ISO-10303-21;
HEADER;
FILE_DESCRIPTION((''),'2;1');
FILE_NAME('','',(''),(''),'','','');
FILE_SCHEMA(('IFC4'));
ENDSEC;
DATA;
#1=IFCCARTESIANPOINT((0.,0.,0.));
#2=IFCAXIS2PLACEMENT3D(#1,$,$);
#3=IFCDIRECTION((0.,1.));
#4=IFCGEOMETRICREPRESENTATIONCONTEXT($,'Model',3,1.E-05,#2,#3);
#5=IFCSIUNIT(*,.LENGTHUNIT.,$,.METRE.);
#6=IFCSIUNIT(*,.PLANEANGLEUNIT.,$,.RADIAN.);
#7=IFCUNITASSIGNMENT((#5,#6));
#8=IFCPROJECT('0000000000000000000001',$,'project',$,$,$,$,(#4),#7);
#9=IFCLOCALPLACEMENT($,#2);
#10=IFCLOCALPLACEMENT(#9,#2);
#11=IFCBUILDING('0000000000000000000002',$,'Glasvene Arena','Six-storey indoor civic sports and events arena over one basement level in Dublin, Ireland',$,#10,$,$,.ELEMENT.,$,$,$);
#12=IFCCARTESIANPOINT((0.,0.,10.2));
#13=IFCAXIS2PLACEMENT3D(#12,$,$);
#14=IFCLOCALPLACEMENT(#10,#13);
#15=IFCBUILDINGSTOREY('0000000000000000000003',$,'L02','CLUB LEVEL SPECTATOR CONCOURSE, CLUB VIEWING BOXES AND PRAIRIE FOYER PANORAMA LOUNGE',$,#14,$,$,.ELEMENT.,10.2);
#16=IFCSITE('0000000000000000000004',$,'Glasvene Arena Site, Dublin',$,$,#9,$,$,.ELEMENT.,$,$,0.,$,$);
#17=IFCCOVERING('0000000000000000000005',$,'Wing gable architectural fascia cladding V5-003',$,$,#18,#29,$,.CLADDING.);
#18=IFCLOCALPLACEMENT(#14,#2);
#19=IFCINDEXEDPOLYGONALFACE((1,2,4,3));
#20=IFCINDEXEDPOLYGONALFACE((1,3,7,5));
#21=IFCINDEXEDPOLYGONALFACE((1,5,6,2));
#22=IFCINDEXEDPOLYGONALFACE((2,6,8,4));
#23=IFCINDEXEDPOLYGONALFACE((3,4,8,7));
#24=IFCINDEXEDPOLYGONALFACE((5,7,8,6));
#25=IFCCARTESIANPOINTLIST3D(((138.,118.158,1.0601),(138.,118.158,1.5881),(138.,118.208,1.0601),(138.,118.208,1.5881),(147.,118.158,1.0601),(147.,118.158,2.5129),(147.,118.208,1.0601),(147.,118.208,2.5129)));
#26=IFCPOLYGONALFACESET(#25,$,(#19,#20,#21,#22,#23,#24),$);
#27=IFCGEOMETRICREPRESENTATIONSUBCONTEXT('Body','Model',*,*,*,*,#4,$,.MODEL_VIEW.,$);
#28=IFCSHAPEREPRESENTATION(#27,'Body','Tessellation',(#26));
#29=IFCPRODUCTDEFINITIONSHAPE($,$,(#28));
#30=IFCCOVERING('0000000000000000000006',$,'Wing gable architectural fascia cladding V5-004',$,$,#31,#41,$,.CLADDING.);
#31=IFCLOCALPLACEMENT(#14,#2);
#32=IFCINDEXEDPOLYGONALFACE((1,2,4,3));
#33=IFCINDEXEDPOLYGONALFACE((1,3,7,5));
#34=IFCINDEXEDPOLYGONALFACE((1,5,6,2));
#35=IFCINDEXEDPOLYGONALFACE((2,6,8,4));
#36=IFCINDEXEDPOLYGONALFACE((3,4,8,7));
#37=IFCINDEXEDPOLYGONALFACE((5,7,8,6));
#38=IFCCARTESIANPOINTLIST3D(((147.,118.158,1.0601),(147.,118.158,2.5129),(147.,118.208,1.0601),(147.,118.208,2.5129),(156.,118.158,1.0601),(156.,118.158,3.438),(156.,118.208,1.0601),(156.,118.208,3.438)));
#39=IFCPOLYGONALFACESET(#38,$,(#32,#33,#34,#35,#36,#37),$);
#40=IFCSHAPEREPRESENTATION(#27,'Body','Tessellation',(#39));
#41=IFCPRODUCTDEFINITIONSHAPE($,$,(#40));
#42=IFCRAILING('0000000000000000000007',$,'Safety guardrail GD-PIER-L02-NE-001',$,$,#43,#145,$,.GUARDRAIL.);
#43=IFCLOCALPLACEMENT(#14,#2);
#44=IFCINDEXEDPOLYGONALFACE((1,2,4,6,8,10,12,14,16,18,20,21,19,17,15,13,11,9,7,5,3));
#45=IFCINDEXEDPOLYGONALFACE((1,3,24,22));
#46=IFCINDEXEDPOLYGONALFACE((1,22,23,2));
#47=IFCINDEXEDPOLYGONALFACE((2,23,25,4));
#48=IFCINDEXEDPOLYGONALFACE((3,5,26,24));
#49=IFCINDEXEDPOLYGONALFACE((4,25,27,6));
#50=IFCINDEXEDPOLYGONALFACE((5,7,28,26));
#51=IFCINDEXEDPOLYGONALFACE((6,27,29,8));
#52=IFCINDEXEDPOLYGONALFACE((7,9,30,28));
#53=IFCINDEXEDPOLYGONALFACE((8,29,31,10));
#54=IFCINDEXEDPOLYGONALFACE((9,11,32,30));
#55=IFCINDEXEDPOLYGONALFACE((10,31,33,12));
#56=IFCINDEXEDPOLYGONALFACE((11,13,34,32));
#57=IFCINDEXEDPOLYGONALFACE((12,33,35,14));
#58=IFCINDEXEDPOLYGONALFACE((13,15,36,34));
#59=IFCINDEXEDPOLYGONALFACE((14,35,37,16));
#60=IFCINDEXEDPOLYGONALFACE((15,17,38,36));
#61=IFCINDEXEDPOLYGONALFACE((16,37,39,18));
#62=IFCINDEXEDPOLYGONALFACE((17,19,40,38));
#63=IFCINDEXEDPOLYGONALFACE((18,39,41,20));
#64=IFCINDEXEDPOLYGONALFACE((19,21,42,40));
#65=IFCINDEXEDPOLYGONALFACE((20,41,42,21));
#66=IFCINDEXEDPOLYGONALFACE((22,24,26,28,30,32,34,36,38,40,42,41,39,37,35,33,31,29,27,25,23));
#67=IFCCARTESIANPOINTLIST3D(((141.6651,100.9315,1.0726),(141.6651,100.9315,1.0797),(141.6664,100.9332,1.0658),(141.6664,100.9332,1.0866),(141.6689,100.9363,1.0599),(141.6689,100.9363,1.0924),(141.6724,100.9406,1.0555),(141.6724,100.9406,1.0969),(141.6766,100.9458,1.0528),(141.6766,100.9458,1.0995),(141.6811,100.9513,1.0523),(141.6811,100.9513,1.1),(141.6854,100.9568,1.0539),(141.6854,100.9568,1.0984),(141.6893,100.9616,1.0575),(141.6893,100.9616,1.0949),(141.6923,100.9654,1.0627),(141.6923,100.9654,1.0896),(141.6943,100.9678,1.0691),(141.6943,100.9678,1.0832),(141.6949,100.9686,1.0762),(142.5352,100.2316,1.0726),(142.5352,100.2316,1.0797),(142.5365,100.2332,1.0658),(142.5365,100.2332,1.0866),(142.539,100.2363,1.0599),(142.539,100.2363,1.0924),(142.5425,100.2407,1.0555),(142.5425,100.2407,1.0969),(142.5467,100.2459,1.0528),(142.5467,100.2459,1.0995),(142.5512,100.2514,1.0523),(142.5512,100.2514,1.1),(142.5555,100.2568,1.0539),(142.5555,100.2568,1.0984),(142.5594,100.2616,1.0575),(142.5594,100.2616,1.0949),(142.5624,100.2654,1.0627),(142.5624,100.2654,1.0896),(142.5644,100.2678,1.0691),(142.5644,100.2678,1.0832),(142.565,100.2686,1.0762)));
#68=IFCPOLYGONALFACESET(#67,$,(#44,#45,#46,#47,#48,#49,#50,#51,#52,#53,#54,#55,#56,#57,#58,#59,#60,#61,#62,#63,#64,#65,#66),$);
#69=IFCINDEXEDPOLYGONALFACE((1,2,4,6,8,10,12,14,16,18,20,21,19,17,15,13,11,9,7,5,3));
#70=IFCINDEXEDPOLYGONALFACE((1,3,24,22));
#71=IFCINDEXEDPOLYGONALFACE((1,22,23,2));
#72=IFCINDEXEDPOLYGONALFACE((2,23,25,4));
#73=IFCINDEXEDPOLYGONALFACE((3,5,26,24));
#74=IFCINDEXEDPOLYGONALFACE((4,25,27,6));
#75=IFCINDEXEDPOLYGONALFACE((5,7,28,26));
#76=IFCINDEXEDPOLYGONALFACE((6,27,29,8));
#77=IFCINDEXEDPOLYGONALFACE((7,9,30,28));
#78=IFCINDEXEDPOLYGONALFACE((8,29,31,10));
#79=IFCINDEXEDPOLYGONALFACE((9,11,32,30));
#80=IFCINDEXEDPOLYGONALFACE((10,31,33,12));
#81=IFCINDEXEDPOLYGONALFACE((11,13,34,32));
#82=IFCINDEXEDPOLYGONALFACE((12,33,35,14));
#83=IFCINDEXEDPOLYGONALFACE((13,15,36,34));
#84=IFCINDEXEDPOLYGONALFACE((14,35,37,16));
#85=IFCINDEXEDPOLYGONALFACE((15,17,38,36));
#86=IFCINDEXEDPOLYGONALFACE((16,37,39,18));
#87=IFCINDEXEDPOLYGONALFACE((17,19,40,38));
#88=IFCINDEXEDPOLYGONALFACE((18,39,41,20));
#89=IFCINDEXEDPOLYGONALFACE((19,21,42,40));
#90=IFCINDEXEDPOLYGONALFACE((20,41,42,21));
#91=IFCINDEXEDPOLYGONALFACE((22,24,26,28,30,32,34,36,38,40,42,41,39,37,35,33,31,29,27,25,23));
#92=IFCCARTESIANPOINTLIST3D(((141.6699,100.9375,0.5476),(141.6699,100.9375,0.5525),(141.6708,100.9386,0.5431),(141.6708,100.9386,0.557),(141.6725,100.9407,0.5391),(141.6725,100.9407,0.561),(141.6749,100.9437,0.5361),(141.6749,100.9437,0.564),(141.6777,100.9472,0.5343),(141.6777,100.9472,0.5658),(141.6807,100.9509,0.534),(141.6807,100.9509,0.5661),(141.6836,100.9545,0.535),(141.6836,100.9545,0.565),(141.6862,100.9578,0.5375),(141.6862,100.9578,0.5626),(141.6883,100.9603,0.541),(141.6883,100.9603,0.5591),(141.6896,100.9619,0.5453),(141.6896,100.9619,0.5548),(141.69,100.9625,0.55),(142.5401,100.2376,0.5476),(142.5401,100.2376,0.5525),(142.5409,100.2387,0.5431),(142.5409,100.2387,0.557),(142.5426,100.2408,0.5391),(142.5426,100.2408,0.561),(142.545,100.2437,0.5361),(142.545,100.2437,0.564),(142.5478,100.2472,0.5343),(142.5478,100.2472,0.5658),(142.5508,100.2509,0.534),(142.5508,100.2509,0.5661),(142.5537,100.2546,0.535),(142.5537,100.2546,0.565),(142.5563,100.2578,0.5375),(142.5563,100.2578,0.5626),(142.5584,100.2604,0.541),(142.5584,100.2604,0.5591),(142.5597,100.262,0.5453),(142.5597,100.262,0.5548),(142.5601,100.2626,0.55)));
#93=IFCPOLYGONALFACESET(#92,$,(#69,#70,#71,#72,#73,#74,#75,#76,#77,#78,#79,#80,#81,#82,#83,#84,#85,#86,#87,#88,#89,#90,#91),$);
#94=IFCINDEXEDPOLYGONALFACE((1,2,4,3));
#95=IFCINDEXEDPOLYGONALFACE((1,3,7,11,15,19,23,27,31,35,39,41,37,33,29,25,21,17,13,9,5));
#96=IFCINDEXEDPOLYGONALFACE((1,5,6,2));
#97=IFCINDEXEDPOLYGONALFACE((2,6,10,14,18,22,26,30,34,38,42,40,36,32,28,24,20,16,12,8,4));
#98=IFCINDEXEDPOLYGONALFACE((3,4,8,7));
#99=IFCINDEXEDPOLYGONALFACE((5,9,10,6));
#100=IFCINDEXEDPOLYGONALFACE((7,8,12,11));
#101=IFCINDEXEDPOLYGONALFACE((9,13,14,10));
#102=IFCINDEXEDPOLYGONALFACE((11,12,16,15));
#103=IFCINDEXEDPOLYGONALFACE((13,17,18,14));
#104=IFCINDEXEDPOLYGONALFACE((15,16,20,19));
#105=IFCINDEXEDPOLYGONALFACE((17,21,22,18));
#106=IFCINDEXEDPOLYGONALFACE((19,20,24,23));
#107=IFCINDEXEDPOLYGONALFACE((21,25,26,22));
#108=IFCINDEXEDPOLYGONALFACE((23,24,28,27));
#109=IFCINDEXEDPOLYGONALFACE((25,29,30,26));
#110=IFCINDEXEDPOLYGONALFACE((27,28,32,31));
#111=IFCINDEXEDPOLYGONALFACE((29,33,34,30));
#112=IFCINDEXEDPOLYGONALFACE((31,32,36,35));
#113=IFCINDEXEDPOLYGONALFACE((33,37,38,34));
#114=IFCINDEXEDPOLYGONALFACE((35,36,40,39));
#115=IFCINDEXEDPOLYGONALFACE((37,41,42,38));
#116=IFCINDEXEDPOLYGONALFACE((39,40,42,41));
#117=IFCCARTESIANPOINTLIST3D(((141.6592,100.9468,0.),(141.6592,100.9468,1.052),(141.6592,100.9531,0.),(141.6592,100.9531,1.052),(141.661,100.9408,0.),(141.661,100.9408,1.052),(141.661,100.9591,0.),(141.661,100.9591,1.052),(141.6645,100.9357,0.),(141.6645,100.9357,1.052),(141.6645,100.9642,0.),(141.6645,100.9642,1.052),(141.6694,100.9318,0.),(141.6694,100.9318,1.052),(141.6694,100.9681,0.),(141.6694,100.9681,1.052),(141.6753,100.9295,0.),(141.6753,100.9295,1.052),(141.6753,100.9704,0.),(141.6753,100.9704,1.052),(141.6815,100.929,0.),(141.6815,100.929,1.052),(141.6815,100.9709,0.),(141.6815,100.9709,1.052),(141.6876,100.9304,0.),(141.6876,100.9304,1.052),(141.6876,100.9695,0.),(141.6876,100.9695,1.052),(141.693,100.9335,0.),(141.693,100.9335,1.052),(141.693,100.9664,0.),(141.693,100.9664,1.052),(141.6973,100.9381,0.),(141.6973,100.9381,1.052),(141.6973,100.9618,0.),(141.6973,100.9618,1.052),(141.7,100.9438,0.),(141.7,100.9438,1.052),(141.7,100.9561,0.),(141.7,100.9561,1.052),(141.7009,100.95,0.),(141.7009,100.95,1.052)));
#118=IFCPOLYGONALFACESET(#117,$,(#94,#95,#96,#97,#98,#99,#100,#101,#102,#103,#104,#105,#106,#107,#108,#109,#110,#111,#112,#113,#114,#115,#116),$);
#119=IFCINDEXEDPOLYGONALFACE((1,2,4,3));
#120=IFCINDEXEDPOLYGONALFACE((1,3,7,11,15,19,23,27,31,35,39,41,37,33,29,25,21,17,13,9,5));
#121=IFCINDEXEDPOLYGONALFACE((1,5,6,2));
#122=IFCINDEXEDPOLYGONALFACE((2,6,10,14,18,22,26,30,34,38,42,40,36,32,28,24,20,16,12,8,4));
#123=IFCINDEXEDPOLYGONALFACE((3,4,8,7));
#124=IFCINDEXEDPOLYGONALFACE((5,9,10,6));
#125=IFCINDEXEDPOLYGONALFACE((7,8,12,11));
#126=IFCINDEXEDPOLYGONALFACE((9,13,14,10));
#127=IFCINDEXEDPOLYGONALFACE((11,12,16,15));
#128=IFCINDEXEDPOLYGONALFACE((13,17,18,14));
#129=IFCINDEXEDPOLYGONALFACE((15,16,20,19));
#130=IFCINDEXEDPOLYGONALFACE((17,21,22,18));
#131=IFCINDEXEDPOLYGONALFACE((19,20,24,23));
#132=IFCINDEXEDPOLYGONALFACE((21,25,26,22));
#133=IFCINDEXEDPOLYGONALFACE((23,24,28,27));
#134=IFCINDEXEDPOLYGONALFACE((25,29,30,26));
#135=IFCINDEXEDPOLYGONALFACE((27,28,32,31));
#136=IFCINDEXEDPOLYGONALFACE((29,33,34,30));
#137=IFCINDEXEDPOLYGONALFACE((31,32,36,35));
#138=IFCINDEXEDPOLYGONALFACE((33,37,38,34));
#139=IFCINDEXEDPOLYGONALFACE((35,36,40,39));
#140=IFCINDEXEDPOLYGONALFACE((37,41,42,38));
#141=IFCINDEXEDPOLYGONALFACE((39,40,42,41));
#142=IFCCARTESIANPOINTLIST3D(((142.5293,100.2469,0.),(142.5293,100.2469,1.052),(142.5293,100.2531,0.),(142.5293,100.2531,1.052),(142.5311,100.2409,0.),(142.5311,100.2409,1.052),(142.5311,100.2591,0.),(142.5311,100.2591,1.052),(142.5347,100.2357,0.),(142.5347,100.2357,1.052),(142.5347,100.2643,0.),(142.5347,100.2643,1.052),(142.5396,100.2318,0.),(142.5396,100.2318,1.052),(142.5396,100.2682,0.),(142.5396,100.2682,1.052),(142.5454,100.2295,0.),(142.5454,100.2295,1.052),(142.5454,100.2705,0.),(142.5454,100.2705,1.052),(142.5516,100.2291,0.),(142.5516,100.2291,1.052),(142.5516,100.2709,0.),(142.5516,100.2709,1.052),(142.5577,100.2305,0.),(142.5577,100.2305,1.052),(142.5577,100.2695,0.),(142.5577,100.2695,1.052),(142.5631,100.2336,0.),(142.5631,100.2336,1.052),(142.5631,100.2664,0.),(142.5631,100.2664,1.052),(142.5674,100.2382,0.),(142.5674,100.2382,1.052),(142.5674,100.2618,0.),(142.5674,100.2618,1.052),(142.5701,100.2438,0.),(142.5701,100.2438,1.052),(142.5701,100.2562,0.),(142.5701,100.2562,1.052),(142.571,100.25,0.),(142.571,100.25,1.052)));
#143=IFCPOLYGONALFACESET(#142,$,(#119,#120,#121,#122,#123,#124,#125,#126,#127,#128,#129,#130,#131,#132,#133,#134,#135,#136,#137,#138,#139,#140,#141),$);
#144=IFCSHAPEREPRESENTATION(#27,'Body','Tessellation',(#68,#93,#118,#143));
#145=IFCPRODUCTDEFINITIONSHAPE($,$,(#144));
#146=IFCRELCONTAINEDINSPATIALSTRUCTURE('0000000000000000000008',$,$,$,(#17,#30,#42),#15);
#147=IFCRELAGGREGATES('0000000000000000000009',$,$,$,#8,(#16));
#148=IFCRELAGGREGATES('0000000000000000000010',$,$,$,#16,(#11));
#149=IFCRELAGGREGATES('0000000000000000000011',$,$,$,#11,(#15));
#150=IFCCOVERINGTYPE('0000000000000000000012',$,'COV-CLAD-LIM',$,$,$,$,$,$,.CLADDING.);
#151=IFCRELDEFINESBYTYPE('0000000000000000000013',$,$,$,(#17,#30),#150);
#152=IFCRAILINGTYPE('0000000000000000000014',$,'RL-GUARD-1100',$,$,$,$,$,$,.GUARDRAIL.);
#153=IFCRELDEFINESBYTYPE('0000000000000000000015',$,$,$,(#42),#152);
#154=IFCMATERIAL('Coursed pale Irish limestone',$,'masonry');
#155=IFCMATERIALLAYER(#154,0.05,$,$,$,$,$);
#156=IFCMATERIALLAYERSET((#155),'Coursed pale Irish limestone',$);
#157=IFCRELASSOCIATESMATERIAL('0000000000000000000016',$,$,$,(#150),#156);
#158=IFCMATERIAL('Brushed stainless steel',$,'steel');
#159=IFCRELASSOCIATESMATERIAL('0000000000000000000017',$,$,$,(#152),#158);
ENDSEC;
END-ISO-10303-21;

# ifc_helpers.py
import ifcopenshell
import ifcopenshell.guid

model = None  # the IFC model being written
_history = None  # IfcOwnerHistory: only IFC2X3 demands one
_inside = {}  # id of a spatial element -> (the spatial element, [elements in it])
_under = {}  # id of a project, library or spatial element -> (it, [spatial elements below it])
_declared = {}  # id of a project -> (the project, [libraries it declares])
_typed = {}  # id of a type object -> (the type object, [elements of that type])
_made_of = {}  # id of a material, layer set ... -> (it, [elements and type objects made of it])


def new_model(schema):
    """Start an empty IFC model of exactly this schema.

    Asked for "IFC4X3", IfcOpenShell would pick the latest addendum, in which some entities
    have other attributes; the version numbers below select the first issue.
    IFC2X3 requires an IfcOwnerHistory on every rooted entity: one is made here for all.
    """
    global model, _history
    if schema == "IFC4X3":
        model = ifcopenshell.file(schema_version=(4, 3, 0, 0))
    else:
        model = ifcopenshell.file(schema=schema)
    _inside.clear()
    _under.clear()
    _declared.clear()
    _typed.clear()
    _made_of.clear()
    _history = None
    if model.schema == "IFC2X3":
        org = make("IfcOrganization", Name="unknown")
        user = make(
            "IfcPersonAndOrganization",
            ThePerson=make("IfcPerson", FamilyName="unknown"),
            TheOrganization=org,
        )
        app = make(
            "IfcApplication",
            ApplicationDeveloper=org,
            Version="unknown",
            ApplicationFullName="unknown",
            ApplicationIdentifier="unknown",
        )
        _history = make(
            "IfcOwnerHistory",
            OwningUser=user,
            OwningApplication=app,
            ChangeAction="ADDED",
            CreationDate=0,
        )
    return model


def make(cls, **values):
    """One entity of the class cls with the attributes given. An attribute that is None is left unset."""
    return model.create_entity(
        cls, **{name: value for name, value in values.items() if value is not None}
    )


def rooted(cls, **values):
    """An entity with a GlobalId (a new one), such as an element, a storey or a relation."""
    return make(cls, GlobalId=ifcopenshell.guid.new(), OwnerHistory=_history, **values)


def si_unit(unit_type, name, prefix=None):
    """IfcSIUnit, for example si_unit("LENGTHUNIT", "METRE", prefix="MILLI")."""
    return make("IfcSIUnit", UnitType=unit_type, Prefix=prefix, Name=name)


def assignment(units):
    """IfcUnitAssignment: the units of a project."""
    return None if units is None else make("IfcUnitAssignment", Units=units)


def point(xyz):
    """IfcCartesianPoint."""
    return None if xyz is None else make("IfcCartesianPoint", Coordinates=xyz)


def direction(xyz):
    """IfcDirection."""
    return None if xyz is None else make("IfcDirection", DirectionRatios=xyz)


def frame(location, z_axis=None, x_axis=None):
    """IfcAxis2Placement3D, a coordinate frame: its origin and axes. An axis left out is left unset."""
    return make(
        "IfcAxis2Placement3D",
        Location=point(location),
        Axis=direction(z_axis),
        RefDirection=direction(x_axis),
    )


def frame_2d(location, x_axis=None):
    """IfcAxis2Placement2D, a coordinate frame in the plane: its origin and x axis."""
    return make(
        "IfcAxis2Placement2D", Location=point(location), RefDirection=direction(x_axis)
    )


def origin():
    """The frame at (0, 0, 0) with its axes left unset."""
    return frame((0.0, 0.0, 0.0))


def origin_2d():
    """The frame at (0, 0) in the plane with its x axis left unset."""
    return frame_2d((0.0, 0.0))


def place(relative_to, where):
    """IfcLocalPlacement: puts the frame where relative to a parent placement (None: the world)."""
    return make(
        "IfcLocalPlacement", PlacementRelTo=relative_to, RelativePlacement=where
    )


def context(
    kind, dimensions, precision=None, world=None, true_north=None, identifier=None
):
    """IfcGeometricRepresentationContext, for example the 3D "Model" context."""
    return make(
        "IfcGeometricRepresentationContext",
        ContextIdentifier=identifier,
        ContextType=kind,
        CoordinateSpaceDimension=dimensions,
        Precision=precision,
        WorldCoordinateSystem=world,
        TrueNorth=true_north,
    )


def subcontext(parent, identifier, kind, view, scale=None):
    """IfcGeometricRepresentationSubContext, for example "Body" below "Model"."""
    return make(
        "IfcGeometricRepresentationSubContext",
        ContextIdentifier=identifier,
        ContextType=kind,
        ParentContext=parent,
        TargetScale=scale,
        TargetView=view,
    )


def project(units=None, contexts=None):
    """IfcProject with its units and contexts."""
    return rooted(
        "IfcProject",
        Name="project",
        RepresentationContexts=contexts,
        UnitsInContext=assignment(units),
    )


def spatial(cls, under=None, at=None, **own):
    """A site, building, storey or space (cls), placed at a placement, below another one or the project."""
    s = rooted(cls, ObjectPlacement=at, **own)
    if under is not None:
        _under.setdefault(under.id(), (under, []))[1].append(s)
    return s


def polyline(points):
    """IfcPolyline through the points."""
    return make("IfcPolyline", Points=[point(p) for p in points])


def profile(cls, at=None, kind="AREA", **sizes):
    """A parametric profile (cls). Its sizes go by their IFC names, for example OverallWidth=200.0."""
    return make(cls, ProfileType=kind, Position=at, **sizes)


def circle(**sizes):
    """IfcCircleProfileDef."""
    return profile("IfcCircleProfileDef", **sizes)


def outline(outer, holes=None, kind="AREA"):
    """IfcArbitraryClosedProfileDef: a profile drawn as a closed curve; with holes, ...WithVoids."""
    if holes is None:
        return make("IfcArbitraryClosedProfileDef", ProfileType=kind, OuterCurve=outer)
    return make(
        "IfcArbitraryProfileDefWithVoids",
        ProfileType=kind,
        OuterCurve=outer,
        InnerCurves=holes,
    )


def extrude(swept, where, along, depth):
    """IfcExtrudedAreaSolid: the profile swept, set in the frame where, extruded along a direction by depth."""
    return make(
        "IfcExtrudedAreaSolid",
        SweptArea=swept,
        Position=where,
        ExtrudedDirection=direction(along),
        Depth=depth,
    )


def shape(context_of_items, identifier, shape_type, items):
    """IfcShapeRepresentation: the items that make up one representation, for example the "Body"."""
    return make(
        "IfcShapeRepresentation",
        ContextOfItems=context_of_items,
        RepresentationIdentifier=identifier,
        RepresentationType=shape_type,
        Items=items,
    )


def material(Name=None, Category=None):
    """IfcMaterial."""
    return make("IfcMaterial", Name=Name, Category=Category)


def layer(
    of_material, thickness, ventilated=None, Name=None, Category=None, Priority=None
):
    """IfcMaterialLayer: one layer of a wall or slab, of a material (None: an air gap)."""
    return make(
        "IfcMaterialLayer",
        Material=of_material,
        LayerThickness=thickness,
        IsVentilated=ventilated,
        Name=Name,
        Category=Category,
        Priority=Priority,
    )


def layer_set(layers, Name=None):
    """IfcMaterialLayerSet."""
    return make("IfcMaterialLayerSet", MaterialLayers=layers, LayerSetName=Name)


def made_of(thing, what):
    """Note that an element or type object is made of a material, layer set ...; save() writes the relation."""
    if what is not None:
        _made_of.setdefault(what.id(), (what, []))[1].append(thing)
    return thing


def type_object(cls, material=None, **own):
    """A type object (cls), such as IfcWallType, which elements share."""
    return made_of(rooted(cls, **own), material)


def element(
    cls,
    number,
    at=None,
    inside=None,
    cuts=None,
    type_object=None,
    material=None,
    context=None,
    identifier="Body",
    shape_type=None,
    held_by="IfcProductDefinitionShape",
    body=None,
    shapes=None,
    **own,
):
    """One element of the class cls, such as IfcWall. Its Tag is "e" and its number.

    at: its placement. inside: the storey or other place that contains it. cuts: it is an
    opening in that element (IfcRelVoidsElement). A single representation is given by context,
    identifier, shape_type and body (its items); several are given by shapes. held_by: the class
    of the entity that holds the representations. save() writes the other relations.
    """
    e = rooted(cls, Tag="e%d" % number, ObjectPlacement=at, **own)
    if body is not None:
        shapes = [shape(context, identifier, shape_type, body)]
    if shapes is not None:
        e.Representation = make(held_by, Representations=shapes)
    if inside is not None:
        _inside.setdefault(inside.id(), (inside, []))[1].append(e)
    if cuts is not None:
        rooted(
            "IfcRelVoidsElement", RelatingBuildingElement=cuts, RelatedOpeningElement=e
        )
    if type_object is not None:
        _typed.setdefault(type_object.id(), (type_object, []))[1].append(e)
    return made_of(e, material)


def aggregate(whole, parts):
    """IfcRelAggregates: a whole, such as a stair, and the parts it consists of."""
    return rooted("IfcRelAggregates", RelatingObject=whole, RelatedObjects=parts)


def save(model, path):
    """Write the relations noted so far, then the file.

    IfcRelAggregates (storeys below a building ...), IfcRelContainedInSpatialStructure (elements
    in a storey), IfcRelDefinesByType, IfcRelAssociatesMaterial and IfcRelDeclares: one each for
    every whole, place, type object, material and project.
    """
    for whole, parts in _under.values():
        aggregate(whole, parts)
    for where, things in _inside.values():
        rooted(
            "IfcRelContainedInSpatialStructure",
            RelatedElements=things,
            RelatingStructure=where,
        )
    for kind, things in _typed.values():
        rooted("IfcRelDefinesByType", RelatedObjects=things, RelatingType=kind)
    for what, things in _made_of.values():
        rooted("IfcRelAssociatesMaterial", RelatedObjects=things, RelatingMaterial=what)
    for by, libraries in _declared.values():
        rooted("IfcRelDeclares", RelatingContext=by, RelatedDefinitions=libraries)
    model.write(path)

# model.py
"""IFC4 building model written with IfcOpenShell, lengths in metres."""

from ifc_helpers import new_model, si_unit, direction, frame, origin, origin_2d, place, context, subcontext, project, spatial, polyline, circle, outline, extrude, material, layer, layer_set, type_object, element, save


model = new_model("IFC4")

# Units and contexts
model_context = context("Model", 3, precision=1e-05, world=origin(), true_north=direction((0.0, 1.0)))
body_context = subcontext(model_context, "Body", "Model", "MODEL_VIEW")
ifc_project = project(units=[si_unit("LENGTHUNIT", "METRE"), si_unit("PLANEANGLEUNIT", "RADIAN")], contexts=[model_context])

# Site, building, storey
site_placement = place(None, origin())
site = spatial("IfcSite", under=ifc_project, at=site_placement, Name="Glasvene Arena Site, Dublin", CompositionType="ELEMENT", RefElevation=0.0)
building_placement = place(site_placement, origin())
building = spatial("IfcBuilding", under=site, at=building_placement, Name="Glasvene Arena", Description="Six-storey indoor civic sports and events arena over one basement level in Dublin, Ireland", CompositionType="ELEMENT")
storey_placement = place(building_placement, frame((0.0, 0.0, 10.2)))
storey = spatial("IfcBuildingStorey", under=building, at=storey_placement, Name="L02", Description="CLUB LEVEL SPECTATOR CONCOURSE, CLUB VIEWING BOXES AND PRAIRIE FOYER PANORAMA LOUNGE", CompositionType="ELEMENT", Elevation=10.2)

# Shared definitions
ifc_material_1 = material(Name="Brushed stainless steel", Category="steel")

# Coverings
ifc_material_2 = material(Name="Coursed pale Irish limestone", Category="masonry")
ifc_layer_1 = layer(ifc_material_2, 0.05)
ifc_layer_set_1 = layer_set([ifc_layer_1], Name="Coursed pale Irish limestone")
covering_type = type_object("IfcCoveringType", Name="COV-CLAD-LIM", PredefinedType="CLADDING", material=ifc_layer_set_1)
covering_1_placement = place(storey_placement, frame((138.0, 118.208, 1.0601), z_axis=(0.0, 1.0, 0.0), x_axis=(0.0, 0.0, 1.0)))
element("IfcCovering", 1, at=covering_1_placement, inside=storey, type_object=covering_type, Name="Wing gable architectural fascia cladding V5-003", PredefinedType="CLADDING", context=body_context, shape_type="SweptSolid", body=[
    extrude(outline(polyline([(0.0, 0.0), (0.5281, 0.0), (1.4529, 9.0), (0.0, 9.0), (0.0, 0.0)])), origin(), (0.0, 0.0, -1.0), 0.05),
])
covering_2_placement = place(storey_placement, frame((147.0, 118.208, 1.0601), z_axis=(0.0, 1.0, 0.0), x_axis=(0.0, 0.0, 1.0)))
element("IfcCovering", 2, at=covering_2_placement, inside=storey, type_object=covering_type, Name="Wing gable architectural fascia cladding V5-004", PredefinedType="CLADDING", context=body_context, shape_type="SweptSolid", body=[
    extrude(outline(polyline([(0.0, 0.0), (1.4529, 0.0), (2.3779, 9.0), (0.0, 9.0), (0.0, 0.0)])), origin(), (0.0, 0.0, -1.0), 0.05),
])

# Railing
railing_type_1 = type_object("IfcRailingType", Name="RL-GUARD-1100", PredefinedType="GUARDRAIL", material=ifc_material_1)
railing_1_placement = place(storey_placement, frame((141.6799, 100.95, 0.0)))
element("IfcRailing", 3, at=railing_1_placement, inside=storey, type_object=railing_type_1, Name="Safety guardrail GD-PIER-L02-NE-001", PredefinedType="GUARDRAIL", context=body_context, shape_type="SweptSolid", body=[
    extrude(circle(Radius=0.0239, at=origin_2d()), frame((0.0, 0.0, 1.0762), z_axis=(0.779181, -0.626799, 0.0), x_axis=(0.626799, 0.779181, 0.0)), (0.0, 0.0, 1.0), 1.1167),
    extrude(circle(Radius=0.0161, at=origin_2d()), frame((0.0, 0.0, 0.55), z_axis=(0.779181, -0.626799, 0.0), x_axis=(0.626799, 0.779181, 0.0)), (0.0, 0.0, 1.0), 1.1167),
    extrude(circle(Radius=0.021, at=origin_2d()), origin(), (0.0, 0.0, 1.0), 1.052),
    extrude(circle(Radius=0.021, at=origin_2d()), frame((0.8701, -0.7, 0.0)), (0.0, 0.0, 1.0), 1.052),
])

save(model, "model.ifc")
